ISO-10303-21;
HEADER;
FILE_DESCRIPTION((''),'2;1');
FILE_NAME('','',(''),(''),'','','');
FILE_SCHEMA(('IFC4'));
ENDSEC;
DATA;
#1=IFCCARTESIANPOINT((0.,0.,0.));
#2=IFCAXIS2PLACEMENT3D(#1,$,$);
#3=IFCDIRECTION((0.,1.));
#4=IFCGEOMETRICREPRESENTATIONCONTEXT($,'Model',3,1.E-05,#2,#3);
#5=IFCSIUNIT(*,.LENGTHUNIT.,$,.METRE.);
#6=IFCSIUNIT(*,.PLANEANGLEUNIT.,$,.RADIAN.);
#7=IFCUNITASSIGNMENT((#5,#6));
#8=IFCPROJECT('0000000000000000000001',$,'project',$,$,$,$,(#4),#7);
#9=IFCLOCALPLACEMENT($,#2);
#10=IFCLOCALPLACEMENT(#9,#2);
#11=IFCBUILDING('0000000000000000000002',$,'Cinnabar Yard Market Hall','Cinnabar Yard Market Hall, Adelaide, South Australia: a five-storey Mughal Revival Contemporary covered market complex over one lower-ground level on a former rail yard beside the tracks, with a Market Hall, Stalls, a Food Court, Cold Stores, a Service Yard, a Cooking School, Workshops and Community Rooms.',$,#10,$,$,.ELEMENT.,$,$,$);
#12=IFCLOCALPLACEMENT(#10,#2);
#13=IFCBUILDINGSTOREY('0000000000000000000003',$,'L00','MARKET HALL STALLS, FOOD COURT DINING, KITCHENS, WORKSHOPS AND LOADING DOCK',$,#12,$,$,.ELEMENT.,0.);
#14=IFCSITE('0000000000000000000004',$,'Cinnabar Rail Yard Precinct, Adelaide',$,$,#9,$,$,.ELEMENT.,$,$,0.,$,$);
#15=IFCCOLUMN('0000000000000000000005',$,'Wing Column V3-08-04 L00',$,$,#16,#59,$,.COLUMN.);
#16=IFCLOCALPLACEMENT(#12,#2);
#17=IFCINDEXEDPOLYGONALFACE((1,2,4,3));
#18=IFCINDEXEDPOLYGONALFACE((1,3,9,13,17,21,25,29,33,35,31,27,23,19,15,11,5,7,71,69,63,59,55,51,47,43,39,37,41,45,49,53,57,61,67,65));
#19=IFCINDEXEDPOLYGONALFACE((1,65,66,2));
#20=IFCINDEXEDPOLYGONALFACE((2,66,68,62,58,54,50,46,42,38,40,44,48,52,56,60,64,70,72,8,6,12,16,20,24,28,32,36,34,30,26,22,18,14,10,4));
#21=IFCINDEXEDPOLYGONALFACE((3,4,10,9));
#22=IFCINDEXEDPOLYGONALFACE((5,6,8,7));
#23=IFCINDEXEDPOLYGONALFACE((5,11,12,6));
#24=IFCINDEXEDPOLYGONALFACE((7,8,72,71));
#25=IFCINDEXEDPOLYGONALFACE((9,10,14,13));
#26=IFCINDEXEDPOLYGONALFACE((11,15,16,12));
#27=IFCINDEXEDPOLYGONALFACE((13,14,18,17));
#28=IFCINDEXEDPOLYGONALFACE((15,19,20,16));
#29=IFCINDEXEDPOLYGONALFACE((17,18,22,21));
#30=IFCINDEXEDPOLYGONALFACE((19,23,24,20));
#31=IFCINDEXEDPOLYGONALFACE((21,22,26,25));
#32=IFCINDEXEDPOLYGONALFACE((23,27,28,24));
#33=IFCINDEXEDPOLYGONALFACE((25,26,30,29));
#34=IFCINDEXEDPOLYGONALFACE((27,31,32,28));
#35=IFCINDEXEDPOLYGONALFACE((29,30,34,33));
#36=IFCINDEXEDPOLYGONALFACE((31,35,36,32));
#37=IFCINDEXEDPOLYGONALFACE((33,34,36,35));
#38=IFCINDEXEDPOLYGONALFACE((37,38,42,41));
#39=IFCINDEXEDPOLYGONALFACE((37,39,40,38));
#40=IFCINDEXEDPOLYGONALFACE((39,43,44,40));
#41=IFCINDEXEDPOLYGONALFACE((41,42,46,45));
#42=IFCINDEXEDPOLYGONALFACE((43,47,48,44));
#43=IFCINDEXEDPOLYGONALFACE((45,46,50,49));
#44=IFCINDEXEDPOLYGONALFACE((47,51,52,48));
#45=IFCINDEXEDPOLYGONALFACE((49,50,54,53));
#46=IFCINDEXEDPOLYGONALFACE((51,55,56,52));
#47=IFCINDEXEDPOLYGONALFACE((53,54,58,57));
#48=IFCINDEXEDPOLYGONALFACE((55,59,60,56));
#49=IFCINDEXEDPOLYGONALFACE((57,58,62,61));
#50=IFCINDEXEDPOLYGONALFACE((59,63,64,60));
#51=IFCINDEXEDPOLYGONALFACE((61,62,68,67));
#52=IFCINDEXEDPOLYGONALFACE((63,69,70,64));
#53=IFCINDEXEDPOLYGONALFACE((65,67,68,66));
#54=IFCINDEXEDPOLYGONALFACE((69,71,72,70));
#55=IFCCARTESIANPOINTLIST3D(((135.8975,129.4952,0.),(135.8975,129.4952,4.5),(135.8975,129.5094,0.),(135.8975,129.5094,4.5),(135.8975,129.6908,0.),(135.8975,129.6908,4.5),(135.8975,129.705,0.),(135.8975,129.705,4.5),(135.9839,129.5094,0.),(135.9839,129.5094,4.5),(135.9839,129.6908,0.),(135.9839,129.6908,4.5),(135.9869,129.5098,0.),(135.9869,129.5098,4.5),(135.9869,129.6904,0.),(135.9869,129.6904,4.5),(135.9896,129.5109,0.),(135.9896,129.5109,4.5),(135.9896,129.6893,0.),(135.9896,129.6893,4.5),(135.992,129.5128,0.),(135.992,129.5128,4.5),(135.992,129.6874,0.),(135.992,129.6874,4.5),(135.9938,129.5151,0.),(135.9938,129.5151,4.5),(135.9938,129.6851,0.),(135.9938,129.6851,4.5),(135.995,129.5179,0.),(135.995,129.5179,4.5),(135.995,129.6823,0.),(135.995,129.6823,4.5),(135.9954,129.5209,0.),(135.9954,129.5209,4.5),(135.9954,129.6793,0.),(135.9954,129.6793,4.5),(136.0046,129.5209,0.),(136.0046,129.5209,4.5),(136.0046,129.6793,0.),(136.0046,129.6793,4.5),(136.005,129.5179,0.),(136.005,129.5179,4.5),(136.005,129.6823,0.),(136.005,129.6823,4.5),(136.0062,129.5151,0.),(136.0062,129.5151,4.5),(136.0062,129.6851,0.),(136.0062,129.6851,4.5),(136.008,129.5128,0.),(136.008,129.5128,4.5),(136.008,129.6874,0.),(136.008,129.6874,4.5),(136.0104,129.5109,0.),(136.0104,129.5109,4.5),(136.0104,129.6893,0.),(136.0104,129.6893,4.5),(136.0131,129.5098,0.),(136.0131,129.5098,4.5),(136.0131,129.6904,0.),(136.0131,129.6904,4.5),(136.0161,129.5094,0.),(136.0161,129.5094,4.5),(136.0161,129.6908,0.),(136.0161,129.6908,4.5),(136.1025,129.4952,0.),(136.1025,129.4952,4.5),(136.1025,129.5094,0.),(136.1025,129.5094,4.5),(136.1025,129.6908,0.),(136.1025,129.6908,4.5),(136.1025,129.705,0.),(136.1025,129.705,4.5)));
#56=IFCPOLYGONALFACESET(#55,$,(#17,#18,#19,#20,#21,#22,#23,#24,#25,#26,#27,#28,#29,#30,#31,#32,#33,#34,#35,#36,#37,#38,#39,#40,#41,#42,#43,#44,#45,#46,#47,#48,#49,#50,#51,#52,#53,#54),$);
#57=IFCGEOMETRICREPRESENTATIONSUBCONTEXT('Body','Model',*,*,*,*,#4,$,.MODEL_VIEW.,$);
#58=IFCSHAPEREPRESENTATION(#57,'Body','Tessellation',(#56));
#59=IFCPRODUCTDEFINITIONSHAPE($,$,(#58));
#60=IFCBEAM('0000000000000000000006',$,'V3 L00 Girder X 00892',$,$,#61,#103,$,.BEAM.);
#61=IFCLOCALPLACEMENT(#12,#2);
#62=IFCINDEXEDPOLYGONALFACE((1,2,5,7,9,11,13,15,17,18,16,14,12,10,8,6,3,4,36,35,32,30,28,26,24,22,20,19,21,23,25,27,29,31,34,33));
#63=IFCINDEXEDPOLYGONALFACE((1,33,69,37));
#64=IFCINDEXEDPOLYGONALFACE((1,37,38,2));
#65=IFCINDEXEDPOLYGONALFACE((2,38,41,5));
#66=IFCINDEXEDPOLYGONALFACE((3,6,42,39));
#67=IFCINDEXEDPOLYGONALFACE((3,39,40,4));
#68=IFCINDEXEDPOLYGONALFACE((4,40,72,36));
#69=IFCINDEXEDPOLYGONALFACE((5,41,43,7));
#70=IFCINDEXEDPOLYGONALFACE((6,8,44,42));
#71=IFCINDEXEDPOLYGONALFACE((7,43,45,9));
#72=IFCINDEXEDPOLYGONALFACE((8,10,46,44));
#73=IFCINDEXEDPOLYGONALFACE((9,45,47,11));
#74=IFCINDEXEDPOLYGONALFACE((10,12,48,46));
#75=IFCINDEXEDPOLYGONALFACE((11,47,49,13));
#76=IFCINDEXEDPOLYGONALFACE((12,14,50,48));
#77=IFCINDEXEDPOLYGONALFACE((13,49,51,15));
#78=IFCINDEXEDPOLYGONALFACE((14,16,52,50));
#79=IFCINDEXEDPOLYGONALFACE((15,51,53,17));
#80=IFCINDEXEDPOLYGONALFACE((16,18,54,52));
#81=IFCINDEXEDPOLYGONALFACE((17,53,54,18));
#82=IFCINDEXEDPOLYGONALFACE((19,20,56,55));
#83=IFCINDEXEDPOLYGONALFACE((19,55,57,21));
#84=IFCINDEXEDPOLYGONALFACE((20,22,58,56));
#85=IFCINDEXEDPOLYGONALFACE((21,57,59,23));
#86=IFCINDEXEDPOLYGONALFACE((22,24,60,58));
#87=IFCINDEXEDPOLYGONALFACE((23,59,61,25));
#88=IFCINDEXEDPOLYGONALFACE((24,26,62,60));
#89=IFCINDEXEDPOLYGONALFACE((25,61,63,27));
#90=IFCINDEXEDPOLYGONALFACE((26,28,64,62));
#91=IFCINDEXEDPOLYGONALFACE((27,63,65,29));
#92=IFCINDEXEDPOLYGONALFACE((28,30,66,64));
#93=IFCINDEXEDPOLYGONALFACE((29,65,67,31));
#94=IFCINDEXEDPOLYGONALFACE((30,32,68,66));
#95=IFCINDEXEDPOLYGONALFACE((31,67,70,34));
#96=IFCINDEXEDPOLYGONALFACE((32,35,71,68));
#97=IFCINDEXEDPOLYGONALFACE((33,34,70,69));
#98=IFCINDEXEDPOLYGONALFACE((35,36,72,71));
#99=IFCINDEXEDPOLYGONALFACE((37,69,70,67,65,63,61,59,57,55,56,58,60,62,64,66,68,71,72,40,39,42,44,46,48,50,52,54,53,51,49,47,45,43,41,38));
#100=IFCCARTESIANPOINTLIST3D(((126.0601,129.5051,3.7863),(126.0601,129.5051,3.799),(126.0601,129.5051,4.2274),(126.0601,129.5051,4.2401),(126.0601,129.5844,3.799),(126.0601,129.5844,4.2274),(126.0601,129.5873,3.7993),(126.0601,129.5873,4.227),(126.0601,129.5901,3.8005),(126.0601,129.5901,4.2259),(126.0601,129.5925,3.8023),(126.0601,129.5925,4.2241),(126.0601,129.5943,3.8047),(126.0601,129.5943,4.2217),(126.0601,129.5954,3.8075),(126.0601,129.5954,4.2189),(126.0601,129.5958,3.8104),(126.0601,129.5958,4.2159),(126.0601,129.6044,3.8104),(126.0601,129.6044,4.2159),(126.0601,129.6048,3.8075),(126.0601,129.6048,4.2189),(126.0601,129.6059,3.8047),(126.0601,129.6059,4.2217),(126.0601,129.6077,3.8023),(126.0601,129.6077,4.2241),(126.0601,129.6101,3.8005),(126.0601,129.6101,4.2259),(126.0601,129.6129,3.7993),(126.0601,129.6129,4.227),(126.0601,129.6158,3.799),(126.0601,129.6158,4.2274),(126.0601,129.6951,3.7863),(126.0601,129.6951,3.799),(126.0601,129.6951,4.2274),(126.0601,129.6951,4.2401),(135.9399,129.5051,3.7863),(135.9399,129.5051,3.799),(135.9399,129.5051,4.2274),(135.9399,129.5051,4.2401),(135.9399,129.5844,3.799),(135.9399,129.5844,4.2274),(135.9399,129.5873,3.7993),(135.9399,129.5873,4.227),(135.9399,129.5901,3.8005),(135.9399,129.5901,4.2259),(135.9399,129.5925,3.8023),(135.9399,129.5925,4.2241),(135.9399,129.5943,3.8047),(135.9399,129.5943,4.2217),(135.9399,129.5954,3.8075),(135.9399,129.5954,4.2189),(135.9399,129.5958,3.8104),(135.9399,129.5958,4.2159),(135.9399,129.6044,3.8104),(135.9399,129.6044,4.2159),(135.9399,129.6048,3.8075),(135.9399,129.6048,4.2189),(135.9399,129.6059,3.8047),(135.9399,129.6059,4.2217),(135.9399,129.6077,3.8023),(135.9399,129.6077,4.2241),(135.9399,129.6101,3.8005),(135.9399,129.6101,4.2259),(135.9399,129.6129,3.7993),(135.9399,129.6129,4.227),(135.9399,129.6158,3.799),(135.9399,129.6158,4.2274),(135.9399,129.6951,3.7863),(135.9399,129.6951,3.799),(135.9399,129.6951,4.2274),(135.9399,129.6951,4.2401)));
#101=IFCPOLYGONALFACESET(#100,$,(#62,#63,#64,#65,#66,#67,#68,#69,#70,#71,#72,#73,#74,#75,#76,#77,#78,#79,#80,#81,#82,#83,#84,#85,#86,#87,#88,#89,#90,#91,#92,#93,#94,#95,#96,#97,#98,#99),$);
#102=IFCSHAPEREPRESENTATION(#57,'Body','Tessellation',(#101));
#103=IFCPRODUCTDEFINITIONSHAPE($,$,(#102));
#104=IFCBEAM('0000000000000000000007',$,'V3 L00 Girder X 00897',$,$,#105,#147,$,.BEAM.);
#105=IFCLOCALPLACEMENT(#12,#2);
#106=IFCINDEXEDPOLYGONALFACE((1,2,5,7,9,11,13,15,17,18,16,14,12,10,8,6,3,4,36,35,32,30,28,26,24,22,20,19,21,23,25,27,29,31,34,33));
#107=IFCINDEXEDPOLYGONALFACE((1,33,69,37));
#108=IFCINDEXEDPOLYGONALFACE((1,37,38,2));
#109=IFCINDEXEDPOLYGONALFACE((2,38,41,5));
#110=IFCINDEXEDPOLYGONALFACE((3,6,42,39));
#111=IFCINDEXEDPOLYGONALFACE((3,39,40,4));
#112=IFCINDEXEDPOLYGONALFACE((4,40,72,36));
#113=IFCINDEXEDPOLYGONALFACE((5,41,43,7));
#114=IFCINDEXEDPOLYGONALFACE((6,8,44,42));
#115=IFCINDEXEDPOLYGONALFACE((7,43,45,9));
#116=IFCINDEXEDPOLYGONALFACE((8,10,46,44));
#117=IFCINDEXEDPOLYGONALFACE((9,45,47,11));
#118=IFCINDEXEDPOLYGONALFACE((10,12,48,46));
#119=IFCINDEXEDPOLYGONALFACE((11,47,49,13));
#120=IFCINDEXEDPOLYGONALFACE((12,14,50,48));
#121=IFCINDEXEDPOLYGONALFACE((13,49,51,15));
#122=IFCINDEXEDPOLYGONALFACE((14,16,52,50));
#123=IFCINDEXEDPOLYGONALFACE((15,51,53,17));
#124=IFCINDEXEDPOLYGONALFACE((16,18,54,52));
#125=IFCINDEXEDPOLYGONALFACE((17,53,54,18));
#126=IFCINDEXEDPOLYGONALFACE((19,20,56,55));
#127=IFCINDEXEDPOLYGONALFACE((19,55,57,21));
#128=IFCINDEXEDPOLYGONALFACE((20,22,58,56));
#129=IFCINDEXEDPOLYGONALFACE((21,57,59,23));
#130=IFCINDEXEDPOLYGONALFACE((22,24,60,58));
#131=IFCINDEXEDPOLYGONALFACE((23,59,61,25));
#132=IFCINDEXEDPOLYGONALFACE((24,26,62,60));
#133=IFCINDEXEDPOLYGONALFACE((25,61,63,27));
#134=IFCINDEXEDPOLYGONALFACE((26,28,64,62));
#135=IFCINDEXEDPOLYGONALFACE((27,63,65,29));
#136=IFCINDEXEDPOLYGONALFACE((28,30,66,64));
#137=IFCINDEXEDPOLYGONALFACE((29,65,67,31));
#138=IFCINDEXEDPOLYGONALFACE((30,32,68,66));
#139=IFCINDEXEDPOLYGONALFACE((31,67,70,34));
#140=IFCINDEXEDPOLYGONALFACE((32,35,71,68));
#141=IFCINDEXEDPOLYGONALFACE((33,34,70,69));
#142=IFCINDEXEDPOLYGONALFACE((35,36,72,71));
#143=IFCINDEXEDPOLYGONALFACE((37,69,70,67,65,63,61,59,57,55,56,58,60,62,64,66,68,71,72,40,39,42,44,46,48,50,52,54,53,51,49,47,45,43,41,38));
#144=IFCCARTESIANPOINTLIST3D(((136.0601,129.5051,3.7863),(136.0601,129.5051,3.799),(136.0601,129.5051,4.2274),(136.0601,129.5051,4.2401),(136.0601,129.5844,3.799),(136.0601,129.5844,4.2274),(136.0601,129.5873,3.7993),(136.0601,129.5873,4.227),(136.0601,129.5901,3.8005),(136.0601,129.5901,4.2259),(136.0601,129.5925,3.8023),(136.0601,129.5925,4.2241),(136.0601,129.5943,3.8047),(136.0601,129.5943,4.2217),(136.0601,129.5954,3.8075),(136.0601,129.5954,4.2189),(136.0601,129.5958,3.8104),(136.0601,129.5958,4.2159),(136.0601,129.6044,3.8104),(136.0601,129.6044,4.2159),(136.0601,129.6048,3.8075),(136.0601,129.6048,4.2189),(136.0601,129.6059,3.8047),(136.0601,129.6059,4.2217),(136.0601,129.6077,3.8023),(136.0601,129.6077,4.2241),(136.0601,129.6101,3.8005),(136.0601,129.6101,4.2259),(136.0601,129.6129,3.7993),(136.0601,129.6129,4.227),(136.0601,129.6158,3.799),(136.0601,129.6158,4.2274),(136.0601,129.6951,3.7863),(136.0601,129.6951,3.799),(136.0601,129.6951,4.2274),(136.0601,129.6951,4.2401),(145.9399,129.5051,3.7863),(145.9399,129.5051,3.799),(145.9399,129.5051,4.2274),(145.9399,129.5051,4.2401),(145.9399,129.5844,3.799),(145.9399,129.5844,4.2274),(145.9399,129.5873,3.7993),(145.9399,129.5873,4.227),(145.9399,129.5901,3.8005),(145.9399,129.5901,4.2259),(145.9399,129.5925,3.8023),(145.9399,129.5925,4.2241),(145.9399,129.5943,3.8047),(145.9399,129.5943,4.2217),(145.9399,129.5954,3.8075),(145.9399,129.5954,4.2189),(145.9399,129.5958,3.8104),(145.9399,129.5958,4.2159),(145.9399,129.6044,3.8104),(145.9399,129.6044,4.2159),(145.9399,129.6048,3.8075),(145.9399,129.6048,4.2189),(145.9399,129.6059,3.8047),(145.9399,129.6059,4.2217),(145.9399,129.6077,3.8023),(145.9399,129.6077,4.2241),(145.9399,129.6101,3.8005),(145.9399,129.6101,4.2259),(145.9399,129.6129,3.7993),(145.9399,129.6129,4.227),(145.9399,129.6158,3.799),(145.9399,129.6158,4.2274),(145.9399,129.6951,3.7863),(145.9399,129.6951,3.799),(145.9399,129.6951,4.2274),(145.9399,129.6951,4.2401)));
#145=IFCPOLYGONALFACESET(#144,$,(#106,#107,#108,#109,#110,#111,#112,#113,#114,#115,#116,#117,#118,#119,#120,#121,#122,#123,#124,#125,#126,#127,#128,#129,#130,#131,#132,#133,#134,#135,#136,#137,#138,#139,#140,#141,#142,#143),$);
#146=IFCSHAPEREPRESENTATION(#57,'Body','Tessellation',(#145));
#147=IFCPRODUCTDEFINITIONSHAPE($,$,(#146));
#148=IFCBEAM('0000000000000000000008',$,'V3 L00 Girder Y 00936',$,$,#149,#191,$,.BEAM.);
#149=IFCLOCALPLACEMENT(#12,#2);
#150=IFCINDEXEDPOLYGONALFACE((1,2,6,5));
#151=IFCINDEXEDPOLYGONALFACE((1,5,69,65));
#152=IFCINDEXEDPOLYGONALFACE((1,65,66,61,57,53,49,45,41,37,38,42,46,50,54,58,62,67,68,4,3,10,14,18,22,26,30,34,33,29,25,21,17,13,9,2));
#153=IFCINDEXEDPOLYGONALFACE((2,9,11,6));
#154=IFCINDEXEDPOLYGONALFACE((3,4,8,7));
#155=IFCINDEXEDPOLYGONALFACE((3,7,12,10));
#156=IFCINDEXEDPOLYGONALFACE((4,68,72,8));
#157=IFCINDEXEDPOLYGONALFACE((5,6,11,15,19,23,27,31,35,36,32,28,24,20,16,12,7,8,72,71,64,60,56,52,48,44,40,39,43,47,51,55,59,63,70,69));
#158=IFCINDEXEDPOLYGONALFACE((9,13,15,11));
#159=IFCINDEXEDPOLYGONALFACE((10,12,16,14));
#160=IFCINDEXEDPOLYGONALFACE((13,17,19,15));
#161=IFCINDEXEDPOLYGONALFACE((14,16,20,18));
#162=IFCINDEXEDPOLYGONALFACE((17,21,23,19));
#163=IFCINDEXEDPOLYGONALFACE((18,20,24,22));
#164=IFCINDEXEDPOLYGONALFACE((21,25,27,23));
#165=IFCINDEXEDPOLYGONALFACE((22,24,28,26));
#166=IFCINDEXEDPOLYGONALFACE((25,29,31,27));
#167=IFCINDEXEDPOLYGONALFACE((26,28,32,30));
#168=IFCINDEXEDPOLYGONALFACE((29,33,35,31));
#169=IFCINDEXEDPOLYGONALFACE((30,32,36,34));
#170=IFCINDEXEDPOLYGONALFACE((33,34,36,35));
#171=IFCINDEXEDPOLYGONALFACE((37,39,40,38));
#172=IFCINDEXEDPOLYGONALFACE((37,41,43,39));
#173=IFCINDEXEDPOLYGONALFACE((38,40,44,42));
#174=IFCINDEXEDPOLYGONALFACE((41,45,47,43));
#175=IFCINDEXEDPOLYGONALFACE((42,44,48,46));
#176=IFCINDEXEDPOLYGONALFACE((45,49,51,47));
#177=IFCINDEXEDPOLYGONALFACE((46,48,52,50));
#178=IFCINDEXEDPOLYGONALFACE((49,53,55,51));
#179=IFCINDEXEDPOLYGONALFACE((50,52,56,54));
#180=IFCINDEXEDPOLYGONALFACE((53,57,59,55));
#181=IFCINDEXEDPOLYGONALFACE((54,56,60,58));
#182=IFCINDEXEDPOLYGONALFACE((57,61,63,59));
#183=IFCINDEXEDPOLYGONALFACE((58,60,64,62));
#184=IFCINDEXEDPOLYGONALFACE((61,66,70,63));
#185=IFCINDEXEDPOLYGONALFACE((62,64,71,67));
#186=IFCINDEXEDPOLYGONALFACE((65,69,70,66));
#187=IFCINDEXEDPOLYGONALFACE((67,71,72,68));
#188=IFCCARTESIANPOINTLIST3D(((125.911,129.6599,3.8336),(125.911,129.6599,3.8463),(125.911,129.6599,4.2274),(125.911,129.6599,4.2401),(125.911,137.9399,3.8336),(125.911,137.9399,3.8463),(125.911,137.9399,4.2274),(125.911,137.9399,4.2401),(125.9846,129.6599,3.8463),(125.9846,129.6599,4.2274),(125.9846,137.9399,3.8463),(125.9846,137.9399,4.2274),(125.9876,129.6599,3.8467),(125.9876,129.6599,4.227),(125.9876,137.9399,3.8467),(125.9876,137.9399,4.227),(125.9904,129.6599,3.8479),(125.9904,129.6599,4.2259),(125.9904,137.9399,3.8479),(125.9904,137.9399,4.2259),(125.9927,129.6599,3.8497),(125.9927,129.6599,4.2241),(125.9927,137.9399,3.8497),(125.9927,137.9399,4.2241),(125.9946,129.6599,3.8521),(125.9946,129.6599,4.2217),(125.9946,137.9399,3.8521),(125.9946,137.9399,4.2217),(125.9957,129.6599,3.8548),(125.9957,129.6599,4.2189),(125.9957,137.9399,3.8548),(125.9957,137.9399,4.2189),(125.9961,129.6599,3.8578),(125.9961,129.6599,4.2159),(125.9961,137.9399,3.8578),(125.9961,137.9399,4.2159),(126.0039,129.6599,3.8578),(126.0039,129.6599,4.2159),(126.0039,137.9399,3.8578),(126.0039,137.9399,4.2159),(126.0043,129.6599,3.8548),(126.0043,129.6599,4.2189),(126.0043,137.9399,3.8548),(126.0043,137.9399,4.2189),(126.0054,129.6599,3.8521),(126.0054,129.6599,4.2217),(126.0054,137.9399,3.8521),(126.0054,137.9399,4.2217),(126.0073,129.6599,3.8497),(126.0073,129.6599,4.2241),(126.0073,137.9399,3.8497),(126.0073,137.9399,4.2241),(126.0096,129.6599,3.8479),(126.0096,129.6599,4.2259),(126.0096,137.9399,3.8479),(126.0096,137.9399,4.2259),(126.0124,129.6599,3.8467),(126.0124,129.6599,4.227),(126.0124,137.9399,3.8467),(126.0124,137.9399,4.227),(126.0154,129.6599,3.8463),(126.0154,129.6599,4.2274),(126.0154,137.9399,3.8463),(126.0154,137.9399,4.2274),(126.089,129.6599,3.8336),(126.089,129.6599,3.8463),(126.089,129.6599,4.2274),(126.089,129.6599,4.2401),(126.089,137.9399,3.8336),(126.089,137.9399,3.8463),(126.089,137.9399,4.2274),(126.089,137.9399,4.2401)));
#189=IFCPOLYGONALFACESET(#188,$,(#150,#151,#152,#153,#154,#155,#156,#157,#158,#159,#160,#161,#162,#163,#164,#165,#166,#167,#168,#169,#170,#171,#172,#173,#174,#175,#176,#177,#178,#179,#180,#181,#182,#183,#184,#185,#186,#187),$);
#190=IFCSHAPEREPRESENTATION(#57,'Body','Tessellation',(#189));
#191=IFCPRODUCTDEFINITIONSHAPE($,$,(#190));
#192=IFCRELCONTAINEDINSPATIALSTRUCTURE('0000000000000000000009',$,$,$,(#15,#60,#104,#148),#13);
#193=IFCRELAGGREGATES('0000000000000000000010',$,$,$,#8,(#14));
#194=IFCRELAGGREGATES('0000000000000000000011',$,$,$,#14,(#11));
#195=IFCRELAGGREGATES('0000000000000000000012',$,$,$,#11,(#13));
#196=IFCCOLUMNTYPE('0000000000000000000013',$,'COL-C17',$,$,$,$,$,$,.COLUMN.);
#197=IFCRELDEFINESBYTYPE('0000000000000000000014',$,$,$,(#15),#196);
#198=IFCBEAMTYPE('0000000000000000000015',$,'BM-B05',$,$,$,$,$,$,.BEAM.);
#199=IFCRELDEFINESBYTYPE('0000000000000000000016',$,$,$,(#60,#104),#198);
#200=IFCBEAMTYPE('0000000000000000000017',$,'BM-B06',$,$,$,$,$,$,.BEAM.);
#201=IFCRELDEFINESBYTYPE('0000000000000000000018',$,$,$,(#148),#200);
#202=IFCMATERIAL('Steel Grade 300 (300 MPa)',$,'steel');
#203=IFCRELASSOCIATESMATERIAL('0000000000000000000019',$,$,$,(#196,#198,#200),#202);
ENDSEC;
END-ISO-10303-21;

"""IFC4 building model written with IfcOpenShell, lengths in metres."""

from ifc_helpers import new_model, si_unit, direction, frame, origin, origin_2d_with_axis, place, context, subcontext, project, spatial, i_section, extrude, material, material_profile, profile_set, type_object, element, save


model = new_model("IFC4")

# Units and contexts
model_context = context("Model", 3, precision=1e-05, world=origin(), true_north=direction((0.0, 1.0)))
body_context = subcontext(model_context, "Body", "Model", "MODEL_VIEW")
ifc_project = project(units=[si_unit("LENGTHUNIT", "METRE"), si_unit("PLANEANGLEUNIT", "RADIAN")], contexts=[model_context])

# Site, building, storey
site_placement = place(None, origin())
site = spatial("IfcSite", under=ifc_project, at=site_placement, Name="Cinnabar Rail Yard Precinct, Adelaide", CompositionType="ELEMENT", RefElevation=0.0)
building_placement = place(site_placement, origin())
building = spatial("IfcBuilding", under=site, at=building_placement, Name="Cinnabar Yard Market Hall", Description="Cinnabar Yard Market Hall, Adelaide, South Australia: a five-storey Mughal Revival Contemporary covered market complex over one lower-ground level on a former rail yard beside the tracks, with a Market Hall, Stalls, a Food Court, Cold Stores, a Service Yard, a Cooking School, Workshops and Community Rooms.", CompositionType="ELEMENT")
storey_placement = place(building_placement, origin())
storey = spatial("IfcBuildingStorey", under=building, at=storey_placement, Name="L00", Description="MARKET HALL STALLS, FOOD COURT DINING, KITCHENS, WORKSHOPS AND LOADING DOCK", CompositionType="ELEMENT", Elevation=0.0)

# Column
ifc_material_1 = material(Name="Steel Grade 300 (300 MPa)", Category="steel")
ifc_material_profile_1 = material_profile(ifc_material_1, i_section(OverallWidth=0.2051, OverallDepth=0.2097, WebThickness=0.0093, FlangeThickness=0.0142, FilletRadius=0.0115, at=origin_2d_with_axis()), Name="200UC59.5")
ifc_profile_set_1 = profile_set([ifc_material_profile_1], Name="Steel Grade 300 (300 MPa)")
column_type = type_object("IfcColumnType", Name="COL-C17", PredefinedType="COLUMN", material=ifc_profile_set_1)
column_placement = place(storey_placement, frame((136.0, 129.6001, 0.0), z_axis=(0.0, 0.0, 1.0), x_axis=(1.0, 0.0, 0.0)))
element("IfcColumn", 1, at=column_placement, inside=storey, type_object=column_type, Name="Wing Column V3-08-04 L00", PredefinedType="COLUMN", context=body_context, shape_type="SweptSolid", body=[
    extrude(i_section(OverallWidth=0.2051, OverallDepth=0.2097, WebThickness=0.0093, FlangeThickness=0.0142, FilletRadius=0.0115, at=origin_2d_with_axis()), origin(), (0.0, 0.0, 1.0), 4.5),
])

# Beams
ifc_material_profile_2 = material_profile(ifc_material_1, i_section(OverallWidth=0.1899, OverallDepth=0.4539, WebThickness=0.0085, FlangeThickness=0.0127, FilletRadius=0.0115, at=origin_2d_with_axis()), Name="460UB67.1")
ifc_profile_set_2 = profile_set([ifc_material_profile_2], Name="Steel Grade 300 (300 MPa)")
beam_type_1 = type_object("IfcBeamType", Name="BM-B05", PredefinedType="BEAM", material=ifc_profile_set_2)
for number, where, z_axis, x_axis, name in (
    (2, (126.0601, 129.6001, 4.0132), (1.0, 0.0, 0.0), (0.0, 1.0, 0.0), "V3 L00 Girder X 00892"),
    (3, (136.0601, 129.6001, 4.0132), (1.0, 0.0, 0.0), (0.0, 1.0, 0.0), "V3 L00 Girder X 00897"),
):
    element("IfcBeam", number, at=place(storey_placement, frame(where, z_axis=z_axis, x_axis=x_axis)), inside=storey, type_object=beam_type_1, Name=name, PredefinedType="BEAM", context=body_context, shape_type="SweptSolid", body=[
        extrude(i_section(OverallWidth=0.1899, OverallDepth=0.4539, WebThickness=0.0085, FlangeThickness=0.0127, FilletRadius=0.0115, at=origin_2d_with_axis()), origin(), (0.0, 0.0, 1.0), 9.8799),
    ])
ifc_material_profile_3 = material_profile(ifc_material_1, i_section(OverallWidth=0.178, OverallDepth=0.4065, WebThickness=0.0078, FlangeThickness=0.0127, FilletRadius=0.0115, at=origin_2d_with_axis()), Name="410UB59.7")
ifc_profile_set_3 = profile_set([ifc_material_profile_3], Name="Steel Grade 300 (300 MPa)")
beam_type_2 = type_object("IfcBeamType", Name="BM-B06", PredefinedType="BEAM", material=ifc_profile_set_3)
for number, where, z_axis, x_axis, name in (
    (4, (126.0, 129.6599, 4.0369), (0.0, 1.0, 0.0), (-1.0, 0.0, 0.0), "V3 L00 Girder Y 00936"),
):
    element("IfcBeam", number, at=place(storey_placement, frame(where, z_axis=z_axis, x_axis=x_axis)), inside=storey, type_object=beam_type_2, Name=name, PredefinedType="BEAM", context=body_context, shape_type="SweptSolid", body=[
        extrude(i_section(OverallWidth=0.178, OverallDepth=0.4065, WebThickness=0.0078, FlangeThickness=0.0127, FilletRadius=0.0115, at=origin_2d_with_axis()), origin(), (0.0, 0.0, 1.0), 8.28),
    ])

save(model, "model.ifc")
